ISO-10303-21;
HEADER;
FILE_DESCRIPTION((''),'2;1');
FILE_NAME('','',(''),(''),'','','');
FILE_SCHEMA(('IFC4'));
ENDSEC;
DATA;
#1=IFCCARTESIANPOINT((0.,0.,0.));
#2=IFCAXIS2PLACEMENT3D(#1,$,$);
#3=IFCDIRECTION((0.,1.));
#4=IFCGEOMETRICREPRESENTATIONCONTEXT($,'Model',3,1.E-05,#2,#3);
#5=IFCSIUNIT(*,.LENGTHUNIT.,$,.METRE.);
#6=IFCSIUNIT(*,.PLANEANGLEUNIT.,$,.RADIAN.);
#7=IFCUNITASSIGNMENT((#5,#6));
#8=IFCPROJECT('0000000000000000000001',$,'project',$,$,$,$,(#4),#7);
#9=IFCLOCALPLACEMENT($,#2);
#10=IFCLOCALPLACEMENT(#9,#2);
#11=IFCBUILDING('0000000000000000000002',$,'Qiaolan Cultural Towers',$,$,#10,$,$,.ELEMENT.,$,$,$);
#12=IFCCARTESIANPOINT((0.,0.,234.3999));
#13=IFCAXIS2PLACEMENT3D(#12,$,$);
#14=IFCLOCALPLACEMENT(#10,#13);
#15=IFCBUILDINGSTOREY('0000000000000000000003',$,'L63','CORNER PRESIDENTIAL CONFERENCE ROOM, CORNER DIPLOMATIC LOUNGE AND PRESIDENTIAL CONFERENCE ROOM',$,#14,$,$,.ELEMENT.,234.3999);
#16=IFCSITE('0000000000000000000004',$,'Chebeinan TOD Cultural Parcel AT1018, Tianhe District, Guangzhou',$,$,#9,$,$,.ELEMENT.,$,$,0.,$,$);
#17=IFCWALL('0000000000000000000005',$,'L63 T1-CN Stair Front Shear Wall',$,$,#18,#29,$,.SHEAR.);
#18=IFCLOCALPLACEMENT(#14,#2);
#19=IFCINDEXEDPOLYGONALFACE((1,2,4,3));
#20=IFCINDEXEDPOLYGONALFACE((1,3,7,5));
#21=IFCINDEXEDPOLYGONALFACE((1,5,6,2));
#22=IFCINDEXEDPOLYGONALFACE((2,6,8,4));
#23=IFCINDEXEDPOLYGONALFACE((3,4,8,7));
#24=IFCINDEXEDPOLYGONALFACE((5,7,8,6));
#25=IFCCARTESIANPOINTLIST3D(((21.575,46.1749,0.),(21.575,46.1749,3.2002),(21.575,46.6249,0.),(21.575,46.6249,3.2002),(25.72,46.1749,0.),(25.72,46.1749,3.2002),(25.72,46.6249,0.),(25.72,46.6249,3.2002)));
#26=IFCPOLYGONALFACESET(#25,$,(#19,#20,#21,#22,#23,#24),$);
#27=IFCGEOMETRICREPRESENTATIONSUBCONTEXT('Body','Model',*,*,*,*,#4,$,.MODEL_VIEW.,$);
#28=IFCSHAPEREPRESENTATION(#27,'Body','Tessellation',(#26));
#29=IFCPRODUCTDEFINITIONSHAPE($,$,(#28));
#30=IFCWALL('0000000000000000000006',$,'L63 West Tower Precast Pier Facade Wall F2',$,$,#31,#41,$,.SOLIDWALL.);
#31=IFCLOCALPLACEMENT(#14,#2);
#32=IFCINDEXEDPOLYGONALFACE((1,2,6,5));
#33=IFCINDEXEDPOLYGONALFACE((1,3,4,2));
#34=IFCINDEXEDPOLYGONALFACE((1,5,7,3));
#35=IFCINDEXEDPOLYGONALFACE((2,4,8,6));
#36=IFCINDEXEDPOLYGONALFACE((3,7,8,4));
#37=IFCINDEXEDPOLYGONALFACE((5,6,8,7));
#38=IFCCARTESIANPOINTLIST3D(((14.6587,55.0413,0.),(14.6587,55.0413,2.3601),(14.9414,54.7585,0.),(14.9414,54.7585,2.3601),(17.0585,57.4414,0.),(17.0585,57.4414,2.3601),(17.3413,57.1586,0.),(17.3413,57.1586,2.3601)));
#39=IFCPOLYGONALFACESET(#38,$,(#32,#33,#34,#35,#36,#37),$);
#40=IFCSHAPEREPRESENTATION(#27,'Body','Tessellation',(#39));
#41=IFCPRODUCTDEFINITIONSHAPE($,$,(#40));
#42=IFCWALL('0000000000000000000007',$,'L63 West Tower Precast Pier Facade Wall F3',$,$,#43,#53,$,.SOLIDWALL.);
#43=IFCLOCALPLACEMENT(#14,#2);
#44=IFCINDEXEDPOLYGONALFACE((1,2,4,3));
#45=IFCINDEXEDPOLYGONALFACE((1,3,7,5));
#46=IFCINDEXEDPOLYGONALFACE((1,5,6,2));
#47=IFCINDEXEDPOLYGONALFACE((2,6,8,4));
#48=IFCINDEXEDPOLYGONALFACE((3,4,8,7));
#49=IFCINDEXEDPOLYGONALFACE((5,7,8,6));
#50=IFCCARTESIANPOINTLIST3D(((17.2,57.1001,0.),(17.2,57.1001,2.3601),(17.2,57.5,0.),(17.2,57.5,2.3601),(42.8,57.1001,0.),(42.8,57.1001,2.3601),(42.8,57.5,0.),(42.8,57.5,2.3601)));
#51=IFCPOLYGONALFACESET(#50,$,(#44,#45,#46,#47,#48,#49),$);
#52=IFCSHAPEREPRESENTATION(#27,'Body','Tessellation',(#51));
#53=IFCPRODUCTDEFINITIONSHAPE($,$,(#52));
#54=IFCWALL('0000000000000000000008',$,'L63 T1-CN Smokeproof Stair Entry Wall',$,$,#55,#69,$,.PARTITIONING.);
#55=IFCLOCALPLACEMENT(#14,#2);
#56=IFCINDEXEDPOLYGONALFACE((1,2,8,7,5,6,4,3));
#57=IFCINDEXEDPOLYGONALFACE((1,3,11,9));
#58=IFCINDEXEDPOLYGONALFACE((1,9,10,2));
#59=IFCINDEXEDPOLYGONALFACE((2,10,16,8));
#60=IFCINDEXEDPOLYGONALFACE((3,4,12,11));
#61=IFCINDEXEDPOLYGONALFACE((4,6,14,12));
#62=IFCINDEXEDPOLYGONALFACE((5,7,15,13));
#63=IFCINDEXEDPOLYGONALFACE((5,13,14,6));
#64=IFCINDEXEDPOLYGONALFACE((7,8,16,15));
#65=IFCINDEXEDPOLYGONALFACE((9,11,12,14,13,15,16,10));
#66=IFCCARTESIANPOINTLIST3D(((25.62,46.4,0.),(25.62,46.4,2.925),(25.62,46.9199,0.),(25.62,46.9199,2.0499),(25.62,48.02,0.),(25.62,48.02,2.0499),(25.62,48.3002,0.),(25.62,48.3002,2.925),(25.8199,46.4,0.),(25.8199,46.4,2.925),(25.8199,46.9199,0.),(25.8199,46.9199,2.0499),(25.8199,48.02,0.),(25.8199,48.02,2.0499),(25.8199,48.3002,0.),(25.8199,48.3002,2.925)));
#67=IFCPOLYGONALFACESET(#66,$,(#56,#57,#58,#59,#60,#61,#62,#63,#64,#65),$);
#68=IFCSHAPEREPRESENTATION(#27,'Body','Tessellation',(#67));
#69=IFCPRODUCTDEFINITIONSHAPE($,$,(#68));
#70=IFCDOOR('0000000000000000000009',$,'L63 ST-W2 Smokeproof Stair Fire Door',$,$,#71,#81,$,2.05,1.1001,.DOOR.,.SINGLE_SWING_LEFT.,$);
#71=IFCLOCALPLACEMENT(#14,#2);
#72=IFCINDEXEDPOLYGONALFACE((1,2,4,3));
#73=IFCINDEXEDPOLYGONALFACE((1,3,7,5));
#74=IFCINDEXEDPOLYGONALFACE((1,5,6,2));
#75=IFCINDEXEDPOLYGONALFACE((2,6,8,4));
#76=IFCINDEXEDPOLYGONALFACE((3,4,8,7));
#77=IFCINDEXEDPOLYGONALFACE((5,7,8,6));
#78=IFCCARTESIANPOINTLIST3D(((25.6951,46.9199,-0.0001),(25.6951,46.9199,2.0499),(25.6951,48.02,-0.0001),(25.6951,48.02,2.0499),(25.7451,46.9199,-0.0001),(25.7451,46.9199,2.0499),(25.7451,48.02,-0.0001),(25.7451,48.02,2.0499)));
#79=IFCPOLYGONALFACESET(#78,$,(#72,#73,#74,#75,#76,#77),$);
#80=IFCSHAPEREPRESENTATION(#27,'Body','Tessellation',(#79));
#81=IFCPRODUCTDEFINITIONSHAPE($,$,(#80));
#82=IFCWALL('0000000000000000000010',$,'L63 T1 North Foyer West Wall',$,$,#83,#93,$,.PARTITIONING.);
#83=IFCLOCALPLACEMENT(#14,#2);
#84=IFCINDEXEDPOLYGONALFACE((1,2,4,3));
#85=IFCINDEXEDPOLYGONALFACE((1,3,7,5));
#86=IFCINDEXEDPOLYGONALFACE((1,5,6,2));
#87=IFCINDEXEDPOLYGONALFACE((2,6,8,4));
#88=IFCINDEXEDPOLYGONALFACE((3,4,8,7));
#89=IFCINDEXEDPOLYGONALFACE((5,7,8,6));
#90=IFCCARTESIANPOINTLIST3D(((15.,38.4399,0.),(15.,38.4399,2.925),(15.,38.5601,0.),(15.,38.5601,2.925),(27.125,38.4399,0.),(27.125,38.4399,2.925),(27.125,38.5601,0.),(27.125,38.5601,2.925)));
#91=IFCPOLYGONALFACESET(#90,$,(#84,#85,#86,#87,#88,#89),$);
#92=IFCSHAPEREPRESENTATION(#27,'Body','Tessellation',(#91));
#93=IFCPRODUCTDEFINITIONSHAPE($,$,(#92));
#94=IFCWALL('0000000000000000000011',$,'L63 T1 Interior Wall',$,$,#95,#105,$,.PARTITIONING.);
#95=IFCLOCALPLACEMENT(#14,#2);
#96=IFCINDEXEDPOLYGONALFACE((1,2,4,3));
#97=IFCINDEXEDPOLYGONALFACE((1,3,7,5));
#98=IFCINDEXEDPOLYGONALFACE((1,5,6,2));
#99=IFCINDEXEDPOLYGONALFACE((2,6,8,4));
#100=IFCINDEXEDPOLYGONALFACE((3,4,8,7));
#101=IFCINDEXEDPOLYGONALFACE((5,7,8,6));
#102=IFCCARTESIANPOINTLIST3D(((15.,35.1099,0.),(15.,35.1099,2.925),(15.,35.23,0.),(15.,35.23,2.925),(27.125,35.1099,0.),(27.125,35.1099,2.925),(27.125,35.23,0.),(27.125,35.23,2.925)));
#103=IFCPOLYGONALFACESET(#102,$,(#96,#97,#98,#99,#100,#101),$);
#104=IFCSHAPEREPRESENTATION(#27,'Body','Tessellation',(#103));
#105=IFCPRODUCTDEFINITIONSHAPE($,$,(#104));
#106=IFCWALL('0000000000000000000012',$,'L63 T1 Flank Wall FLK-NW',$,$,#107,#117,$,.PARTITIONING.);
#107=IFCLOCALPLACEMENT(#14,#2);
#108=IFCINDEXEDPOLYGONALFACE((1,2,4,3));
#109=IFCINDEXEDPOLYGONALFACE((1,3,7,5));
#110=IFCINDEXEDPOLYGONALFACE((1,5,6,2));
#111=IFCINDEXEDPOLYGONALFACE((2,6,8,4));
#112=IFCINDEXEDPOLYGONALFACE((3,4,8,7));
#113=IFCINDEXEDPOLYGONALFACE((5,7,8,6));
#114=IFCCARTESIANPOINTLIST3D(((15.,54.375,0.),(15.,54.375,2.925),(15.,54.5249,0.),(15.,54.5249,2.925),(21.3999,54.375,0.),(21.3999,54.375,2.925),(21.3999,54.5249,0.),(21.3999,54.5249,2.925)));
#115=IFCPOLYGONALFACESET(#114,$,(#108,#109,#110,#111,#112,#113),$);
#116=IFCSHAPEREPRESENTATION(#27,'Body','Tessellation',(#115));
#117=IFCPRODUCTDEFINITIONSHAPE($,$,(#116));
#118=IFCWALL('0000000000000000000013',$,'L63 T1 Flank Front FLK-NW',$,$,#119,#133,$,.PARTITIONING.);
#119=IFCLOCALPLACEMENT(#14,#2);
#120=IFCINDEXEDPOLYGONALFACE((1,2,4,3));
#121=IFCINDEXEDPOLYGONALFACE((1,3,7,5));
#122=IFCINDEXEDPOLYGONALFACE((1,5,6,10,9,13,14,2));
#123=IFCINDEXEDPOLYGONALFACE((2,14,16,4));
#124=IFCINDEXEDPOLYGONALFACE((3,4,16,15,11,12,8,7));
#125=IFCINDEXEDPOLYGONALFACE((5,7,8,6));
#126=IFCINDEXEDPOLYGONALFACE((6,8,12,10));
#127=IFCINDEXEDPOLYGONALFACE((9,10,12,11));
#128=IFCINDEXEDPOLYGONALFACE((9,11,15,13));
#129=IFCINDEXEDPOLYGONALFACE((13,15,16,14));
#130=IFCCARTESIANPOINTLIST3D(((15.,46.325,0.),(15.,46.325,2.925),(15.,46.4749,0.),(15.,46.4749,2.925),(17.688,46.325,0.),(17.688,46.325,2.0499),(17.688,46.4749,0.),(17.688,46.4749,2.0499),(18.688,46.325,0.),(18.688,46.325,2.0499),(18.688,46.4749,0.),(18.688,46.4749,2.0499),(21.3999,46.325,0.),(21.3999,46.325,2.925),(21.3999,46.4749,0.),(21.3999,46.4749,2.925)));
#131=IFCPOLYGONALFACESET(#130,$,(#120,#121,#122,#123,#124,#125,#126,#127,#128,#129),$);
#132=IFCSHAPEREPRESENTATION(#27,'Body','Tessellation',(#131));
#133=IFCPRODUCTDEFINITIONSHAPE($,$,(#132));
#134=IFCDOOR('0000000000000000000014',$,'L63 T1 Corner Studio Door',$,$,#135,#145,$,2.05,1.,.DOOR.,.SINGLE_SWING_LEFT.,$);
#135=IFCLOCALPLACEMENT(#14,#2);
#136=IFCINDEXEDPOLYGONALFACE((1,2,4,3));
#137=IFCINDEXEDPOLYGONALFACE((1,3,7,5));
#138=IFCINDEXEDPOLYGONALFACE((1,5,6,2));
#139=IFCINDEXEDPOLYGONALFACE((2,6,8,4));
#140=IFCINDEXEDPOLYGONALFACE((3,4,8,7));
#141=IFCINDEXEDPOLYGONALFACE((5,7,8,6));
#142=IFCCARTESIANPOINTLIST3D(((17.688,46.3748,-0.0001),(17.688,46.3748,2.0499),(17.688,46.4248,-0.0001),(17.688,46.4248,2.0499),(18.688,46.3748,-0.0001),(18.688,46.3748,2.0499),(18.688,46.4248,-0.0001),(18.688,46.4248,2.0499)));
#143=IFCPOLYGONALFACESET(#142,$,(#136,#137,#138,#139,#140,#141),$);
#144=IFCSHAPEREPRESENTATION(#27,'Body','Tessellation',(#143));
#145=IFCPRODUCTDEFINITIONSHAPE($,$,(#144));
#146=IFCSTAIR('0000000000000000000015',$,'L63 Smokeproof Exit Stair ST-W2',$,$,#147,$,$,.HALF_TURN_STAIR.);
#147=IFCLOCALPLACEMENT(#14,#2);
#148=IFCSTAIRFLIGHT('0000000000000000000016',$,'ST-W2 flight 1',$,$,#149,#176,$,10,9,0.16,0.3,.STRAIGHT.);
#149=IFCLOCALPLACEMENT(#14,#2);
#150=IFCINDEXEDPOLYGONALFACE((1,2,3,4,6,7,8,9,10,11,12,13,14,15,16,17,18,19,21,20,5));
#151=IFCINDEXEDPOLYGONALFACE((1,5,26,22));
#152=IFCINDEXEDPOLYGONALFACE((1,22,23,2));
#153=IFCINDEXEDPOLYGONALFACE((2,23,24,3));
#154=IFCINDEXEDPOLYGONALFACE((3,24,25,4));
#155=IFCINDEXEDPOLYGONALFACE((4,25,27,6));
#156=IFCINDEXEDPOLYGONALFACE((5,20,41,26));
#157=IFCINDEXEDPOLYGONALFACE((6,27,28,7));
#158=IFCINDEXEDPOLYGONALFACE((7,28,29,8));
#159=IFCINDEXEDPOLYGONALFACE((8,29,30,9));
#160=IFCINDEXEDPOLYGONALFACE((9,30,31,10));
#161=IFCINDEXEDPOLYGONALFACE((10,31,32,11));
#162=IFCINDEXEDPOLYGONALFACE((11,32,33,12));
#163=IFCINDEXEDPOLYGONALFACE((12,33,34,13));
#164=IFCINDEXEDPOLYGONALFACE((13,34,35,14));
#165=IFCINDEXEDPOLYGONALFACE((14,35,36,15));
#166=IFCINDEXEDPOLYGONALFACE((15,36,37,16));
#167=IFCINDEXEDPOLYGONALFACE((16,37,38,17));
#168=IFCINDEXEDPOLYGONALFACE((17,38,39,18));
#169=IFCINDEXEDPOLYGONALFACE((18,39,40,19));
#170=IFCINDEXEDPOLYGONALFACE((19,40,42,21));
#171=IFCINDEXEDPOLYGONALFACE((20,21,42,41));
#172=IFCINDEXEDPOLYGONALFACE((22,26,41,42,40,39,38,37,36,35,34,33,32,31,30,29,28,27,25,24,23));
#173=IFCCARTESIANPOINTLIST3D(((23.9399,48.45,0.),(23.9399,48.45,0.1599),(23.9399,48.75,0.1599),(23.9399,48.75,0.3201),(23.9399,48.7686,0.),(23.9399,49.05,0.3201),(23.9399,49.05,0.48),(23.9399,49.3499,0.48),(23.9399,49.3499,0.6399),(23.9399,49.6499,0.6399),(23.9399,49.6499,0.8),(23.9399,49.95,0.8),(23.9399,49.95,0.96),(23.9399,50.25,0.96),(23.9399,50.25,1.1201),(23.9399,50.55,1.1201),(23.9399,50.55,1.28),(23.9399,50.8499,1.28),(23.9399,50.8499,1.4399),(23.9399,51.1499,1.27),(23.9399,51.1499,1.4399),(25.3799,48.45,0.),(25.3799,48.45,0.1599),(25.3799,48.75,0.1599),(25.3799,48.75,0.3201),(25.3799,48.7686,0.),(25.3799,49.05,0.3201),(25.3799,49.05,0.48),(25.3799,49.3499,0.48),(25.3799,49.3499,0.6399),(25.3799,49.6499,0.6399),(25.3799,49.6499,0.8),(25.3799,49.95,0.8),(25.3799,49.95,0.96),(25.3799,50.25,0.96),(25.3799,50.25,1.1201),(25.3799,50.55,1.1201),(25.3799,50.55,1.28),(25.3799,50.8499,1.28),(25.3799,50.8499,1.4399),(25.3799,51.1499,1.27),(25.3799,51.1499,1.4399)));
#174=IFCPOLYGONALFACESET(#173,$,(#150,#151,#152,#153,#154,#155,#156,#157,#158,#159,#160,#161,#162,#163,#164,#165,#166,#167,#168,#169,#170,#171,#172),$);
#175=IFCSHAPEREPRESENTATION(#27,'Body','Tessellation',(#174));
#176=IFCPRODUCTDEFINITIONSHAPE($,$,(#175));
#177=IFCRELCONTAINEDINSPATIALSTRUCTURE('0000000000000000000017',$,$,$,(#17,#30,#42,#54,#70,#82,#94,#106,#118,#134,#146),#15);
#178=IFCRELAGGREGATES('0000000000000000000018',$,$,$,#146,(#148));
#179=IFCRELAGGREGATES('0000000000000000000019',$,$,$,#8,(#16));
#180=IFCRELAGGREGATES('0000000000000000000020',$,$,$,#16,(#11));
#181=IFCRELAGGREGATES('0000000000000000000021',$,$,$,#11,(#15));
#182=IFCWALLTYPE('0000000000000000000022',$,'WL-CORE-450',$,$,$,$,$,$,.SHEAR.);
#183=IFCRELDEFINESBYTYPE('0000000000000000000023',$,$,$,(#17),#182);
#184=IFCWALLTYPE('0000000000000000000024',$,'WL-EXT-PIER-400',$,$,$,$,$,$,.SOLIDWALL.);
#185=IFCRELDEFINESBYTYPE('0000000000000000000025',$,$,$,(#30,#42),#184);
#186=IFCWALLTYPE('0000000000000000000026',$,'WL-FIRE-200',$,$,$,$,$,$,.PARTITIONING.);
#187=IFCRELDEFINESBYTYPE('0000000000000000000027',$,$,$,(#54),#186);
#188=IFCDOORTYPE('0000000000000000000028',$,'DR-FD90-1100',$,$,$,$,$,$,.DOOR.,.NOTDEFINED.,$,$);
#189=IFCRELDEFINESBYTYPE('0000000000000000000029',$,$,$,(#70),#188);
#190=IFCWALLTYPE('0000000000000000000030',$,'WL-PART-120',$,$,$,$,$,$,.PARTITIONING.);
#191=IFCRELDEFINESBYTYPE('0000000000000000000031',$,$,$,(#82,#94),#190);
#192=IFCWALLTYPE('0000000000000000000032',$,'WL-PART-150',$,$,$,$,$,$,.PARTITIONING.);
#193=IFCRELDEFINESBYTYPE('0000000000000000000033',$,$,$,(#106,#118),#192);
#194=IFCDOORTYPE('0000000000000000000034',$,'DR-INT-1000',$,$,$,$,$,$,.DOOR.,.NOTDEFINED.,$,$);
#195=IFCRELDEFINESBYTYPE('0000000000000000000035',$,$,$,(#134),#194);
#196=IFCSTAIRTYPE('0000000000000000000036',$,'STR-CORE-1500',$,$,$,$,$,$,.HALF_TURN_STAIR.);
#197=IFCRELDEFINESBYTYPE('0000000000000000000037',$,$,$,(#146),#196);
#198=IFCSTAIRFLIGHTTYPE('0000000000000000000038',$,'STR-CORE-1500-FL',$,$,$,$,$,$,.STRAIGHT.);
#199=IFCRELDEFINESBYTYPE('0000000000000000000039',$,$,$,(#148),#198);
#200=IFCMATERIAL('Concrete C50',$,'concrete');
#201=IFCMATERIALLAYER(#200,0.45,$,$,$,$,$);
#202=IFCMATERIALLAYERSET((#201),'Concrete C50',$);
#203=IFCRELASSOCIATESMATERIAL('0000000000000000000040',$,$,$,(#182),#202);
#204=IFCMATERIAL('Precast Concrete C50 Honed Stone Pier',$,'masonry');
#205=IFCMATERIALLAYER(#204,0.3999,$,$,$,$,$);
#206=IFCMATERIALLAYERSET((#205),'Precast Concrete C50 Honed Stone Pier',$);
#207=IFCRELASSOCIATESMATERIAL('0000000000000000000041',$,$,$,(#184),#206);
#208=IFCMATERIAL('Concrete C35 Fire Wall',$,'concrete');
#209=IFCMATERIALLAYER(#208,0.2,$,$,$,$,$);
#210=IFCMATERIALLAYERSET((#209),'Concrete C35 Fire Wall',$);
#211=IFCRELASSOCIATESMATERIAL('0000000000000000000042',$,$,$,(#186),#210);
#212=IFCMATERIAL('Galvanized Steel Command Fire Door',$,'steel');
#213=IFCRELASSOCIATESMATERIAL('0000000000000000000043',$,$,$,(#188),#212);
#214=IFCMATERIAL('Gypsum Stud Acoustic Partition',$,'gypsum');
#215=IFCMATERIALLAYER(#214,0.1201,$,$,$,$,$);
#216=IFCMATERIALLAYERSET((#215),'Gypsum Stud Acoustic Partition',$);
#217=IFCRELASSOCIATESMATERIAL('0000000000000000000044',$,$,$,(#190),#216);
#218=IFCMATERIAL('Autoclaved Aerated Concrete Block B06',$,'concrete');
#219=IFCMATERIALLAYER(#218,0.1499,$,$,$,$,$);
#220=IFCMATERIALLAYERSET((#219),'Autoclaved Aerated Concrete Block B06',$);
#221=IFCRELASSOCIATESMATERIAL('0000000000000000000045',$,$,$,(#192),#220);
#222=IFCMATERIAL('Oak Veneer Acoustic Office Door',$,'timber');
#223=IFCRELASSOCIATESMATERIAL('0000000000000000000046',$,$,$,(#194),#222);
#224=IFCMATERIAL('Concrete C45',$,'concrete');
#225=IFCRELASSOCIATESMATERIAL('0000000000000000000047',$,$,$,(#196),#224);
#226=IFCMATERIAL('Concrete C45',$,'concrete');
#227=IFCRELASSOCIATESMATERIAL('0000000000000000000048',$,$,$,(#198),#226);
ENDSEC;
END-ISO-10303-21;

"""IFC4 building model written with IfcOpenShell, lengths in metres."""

from ifc_helpers import new_model, si_unit, direction, frame, frame_2d, origin, place, context, subcontext, project, spatial, polyline, rectangle, outline, extrude, material, layer, layer_set, type_object, element, fill, aggregate, save


model = new_model("IFC4")

# Units and contexts
model_context = context("Model", 3, precision=1e-05, world=origin(), true_north=direction((0.0, 1.0)))
body_context = subcontext(model_context, "Body", "Model", "MODEL_VIEW")
ifc_project = project(units=[si_unit("LENGTHUNIT", "METRE"), si_unit("PLANEANGLEUNIT", "RADIAN")], contexts=[model_context])

# Site, building, storey
site_placement = place(None, origin())
site = spatial("IfcSite", under=ifc_project, at=site_placement, Name="Chebeinan TOD Cultural Parcel AT1018, Tianhe District, Guangzhou", CompositionType="ELEMENT", RefElevation=0.0)
building_placement = place(site_placement, origin())
building = spatial("IfcBuilding", under=site, at=building_placement, Name="Qiaolan Cultural Towers", CompositionType="ELEMENT")
storey_placement = place(building_placement, frame((0.0, 0.0, 234.3999)))
storey = spatial("IfcBuildingStorey", under=building, at=storey_placement, Name="L63", Description="CORNER PRESIDENTIAL CONFERENCE ROOM, CORNER DIPLOMATIC LOUNGE AND PRESIDENTIAL CONFERENCE ROOM", CompositionType="ELEMENT", Elevation=234.3999)

# Walls
ifc_material_1 = material(Name="Concrete C50", Category="concrete")
ifc_layer_1 = layer(ifc_material_1, 0.45)
ifc_layer_set_1 = layer_set([ifc_layer_1], Name="Concrete C50")
wall_type_1 = type_object("IfcWallType", Name="WL-CORE-450", PredefinedType="SHEAR", material=ifc_layer_set_1)
wall_1_placement = place(storey_placement, frame((21.575, 46.3999, 0.0), z_axis=(0.0, 0.0, 1.0), x_axis=(1.0, 0.0, 0.0)))
element("IfcWall", 1, at=wall_1_placement, inside=storey, type_object=wall_type_1, Name="L63 T1-CN Stair Front Shear Wall", PredefinedType="SHEAR", context=body_context, shape_type="SweptSolid", body=[
    extrude(rectangle(XDim=4.145, YDim=0.45, at=frame_2d((2.0725, 0.0))), origin(), (0.0, 0.0, 1.0), 3.2002),
])
ifc_material_2 = material(Name="Precast Concrete C50 Honed Stone Pier", Category="masonry")
ifc_layer_2 = layer(ifc_material_2, 0.3999)
ifc_layer_set_2 = layer_set([ifc_layer_2], Name="Precast Concrete C50 Honed Stone Pier")
wall_type_2 = type_object("IfcWallType", Name="WL-EXT-PIER-400", PredefinedType="SOLIDWALL", material=ifc_layer_set_2)
wall_2_placement = place(storey_placement, frame((14.8, 54.8999, 0.0), z_axis=(0.0, 0.0, 1.0), x_axis=(0.707071, 0.707143, 0.0)))
element("IfcWall", 2, at=wall_2_placement, inside=storey, type_object=wall_type_2, Name="L63 West Tower Precast Pier Facade Wall F2", PredefinedType="SOLIDWALL", context=body_context, shape_type="SweptSolid", body=[
    extrude(rectangle(XDim=3.394, YDim=0.3999, at=frame_2d((1.697, 0.0))), origin(), (0.0, 0.0, 1.0), 2.3601),
])
wall_3_placement = place(storey_placement, frame((17.2, 57.3, 0.0), z_axis=(0.0, 0.0, 1.0), x_axis=(1.0, 0.0, 0.0)))
element("IfcWall", 3, at=wall_3_placement, inside=storey, type_object=wall_type_2, Name="L63 West Tower Precast Pier Facade Wall F3", PredefinedType="SOLIDWALL", context=body_context, shape_type="SweptSolid", body=[
    extrude(rectangle(XDim=25.6001, YDim=0.3999, at=frame_2d((12.8, 0.0))), origin(), (0.0, 0.0, 1.0), 2.3601),
])

# Wall, opening, door
ifc_material_3 = material(Name="Concrete C35 Fire Wall", Category="concrete")
ifc_layer_3 = layer(ifc_material_3, 0.2)
ifc_layer_set_3 = layer_set([ifc_layer_3], Name="Concrete C35 Fire Wall")
wall_type_3 = type_object("IfcWallType", Name="WL-FIRE-200", PredefinedType="PARTITIONING", material=ifc_layer_set_3)
wall_4_placement = place(storey_placement, frame((25.72, 46.3999, 0.0), z_axis=(0.0, 0.0, 1.0), x_axis=(0.0, 1.0, 0.0)))
wall_4 = element("IfcWall", 4, at=wall_4_placement, inside=storey, type_object=wall_type_3, Name="L63 T1-CN Smokeproof Stair Entry Wall", PredefinedType="PARTITIONING", context=body_context, shape_type="SweptSolid", body=[
    extrude(rectangle(XDim=1.9001, YDim=0.2, at=frame_2d((0.9502, 0.0))), origin(), (0.0, 0.0, 1.0), 2.925),
])
opening_1_placement = place(wall_4_placement, frame((0.52, 0.0, 0.0)))
opening_1 = element("IfcOpeningElement", 5, at=opening_1_placement, cuts=wall_4, PredefinedType="OPENING", context=body_context, shape_type="SweptSolid", body=[
    extrude(rectangle(XDim=1.1001, YDim=2.05, at=frame_2d((0.55, 1.0249))), frame((0.0, 0.1099, 0.0), z_axis=(0.0, -1.0, 0.0), x_axis=(1.0, 0.0, 0.0)), (0.0, 0.0, 1.0), 0.22),
])
ifc_material_4 = material(Name="Galvanized Steel Command Fire Door", Category="steel")
door_type_1 = type_object("IfcDoorType", Name="DR-FD90-1100", OperationType="NOTDEFINED", PredefinedType="DOOR", material=ifc_material_4)
door_1_placement = place(opening_1_placement, origin())
door_1 = element("IfcDoor", 6, at=door_1_placement, inside=storey, type_object=door_type_1, Name="L63 ST-W2 Smokeproof Stair Fire Door", OperationType="SINGLE_SWING_LEFT", OverallHeight=2.05, OverallWidth=1.1001, PredefinedType="DOOR", context=body_context, shape_type="SweptSolid", body=[
    extrude(rectangle(XDim=1.1001, YDim=2.05, at=frame_2d((0.55, 1.0249))), frame((0.0, 0.0249, 0.0), z_axis=(0.0, -1.0, 0.0), x_axis=(1.0, 0.0, 0.0)), (0.0, 0.0, 1.0), 0.05),
])
fill(opening_1, door_1)

# Walls
ifc_material_5 = material(Name="Gypsum Stud Acoustic Partition", Category="gypsum")
ifc_layer_4 = layer(ifc_material_5, 0.1201)
ifc_layer_set_4 = layer_set([ifc_layer_4], Name="Gypsum Stud Acoustic Partition")
wall_type_4 = type_object("IfcWallType", Name="WL-PART-120", PredefinedType="PARTITIONING", material=ifc_layer_set_4)
for number, where, z_axis, x_axis, name in (
    (7, (15.0, 38.5, 0.0), (0.0, 0.0, 1.0), (1.0, 0.0, 0.0), "L63 T1 North Foyer West Wall"),
    (8, (15.0, 35.1699, 0.0), (0.0, 0.0, 1.0), (1.0, 0.0, 0.0), "L63 T1 Interior Wall"),
):
    element("IfcWall", number, at=place(storey_placement, frame(where, z_axis=z_axis, x_axis=x_axis)), inside=storey, type_object=wall_type_4, Name=name, PredefinedType="PARTITIONING", context=body_context, shape_type="SweptSolid", body=[
        extrude(rectangle(XDim=12.125, YDim=0.1201, at=frame_2d((6.0625, 0.0))), origin(), (0.0, 0.0, 1.0), 2.925),
    ])
ifc_material_6 = material(Name="Autoclaved Aerated Concrete Block B06", Category="concrete")
ifc_layer_5 = layer(ifc_material_6, 0.1499)
ifc_layer_set_5 = layer_set([ifc_layer_5], Name="Autoclaved Aerated Concrete Block B06")
wall_type_5 = type_object("IfcWallType", Name="WL-PART-150", PredefinedType="PARTITIONING", material=ifc_layer_set_5)
wall_5_placement = place(storey_placement, frame((15.0, 54.45, 0.0), z_axis=(0.0, 0.0, 1.0), x_axis=(1.0, 0.0, 0.0)))
element("IfcWall", 9, at=wall_5_placement, inside=storey, type_object=wall_type_5, Name="L63 T1 Flank Wall FLK-NW", PredefinedType="PARTITIONING", context=body_context, shape_type="SweptSolid", body=[
    extrude(rectangle(XDim=6.3999, YDim=0.1499, at=frame_2d((3.2, 0.0))), origin(), (0.0, 0.0, 1.0), 2.925),
])

# Wall, opening, door
wall_6_placement = place(storey_placement, frame((15.0, 46.3999, 0.0), z_axis=(0.0, 0.0, 1.0), x_axis=(1.0, 0.0, 0.0)))
wall_6 = element("IfcWall", 10, at=wall_6_placement, inside=storey, type_object=wall_type_5, Name="L63 T1 Flank Front FLK-NW", PredefinedType="PARTITIONING", context=body_context, shape_type="SweptSolid", body=[
    extrude(rectangle(XDim=6.3999, YDim=0.1499, at=frame_2d((3.2, 0.0))), origin(), (0.0, 0.0, 1.0), 2.925),
])
opening_2_placement = place(wall_6_placement, frame((2.688, 0.0, 0.0)))
opening_2 = element("IfcOpeningElement", 11, at=opening_2_placement, cuts=wall_6, PredefinedType="OPENING", context=body_context, shape_type="SweptSolid", body=[
    extrude(rectangle(XDim=1.0, YDim=2.05, at=frame_2d((0.5, 1.0249))), frame((0.0, 0.085, 0.0), z_axis=(0.0, -1.0, 0.0), x_axis=(1.0, 0.0, 0.0)), (0.0, 0.0, 1.0), 0.1699),
])
ifc_material_7 = material(Name="Oak Veneer Acoustic Office Door", Category="timber")
door_type_2 = type_object("IfcDoorType", Name="DR-INT-1000", OperationType="NOTDEFINED", PredefinedType="DOOR", material=ifc_material_7)
door_2_placement = place(opening_2_placement, origin())
door_2 = element("IfcDoor", 12, at=door_2_placement, inside=storey, type_object=door_type_2, Name="L63 T1 Corner Studio Door", OperationType="SINGLE_SWING_LEFT", OverallHeight=2.05, OverallWidth=1.0, PredefinedType="DOOR", context=body_context, shape_type="SweptSolid", body=[
    extrude(rectangle(XDim=1.0, YDim=2.05, at=frame_2d((0.5, 1.0249))), frame((0.0, 0.0249, 0.0), z_axis=(0.0, -1.0, 0.0), x_axis=(1.0, 0.0, 0.0)), (0.0, 0.0, 1.0), 0.05),
])
fill(opening_2, door_2)

# Stair, stair flight
ifc_material_8 = material(Name="Concrete C45", Category="concrete")
stair_type = type_object("IfcStairType", Name="STR-CORE-1500", PredefinedType="HALF_TURN_STAIR", material=ifc_material_8)
stair_placement = place(storey_placement, origin())
stair = element("IfcStair", 13, at=stair_placement, inside=storey, type_object=stair_type, Name="L63 Smokeproof Exit Stair ST-W2", PredefinedType="HALF_TURN_STAIR")
ifc_material_9 = material(Name="Concrete C45", Category="concrete")
stair_flight_type = type_object("IfcStairFlightType", Name="STR-CORE-1500-FL", PredefinedType="STRAIGHT", material=ifc_material_9)
stair_flight_1_placement = place(storey_placement, frame((24.6599, 48.45, 0.0), z_axis=(0.0, 0.0, 1.0), x_axis=(0.0, 1.0, 0.0)))
stair_flight_1 = element("IfcStairFlight", 14, at=stair_flight_1_placement, type_object=stair_flight_type, Name="ST-W2 flight 1", NumberOfRisers=10, NumberOfTreads=9, PredefinedType="STRAIGHT", RiserHeight=0.16, TreadLength=0.3, context=body_context, shape_type="SweptSolid", body=[
    extrude(outline(polyline([(0.0, 0.0), (0.0, 0.1599), (0.3, 0.1599), (0.3, 0.3201), (0.6001, 0.3201), (0.6001, 0.48), (0.8999, 0.48), (0.8999, 0.6399), (1.2, 0.6399), (1.2, 0.8), (1.5, 0.8), (1.5, 0.96), (1.8, 0.96), (1.8, 1.1201), (2.1001, 1.1201), (2.1001, 1.28), (2.3999, 1.28), (2.3999, 1.4399), (2.7, 1.4399), (2.7, 1.6001), (2.7, 1.27), (0.3186, 0.0), (0.0, 0.0)])), frame((0.0, 0.72, 0.0), z_axis=(0.0, -1.0, 0.0), x_axis=(1.0, 0.0, 0.0)), (0.0, 0.0, 1.0), 1.4399),
])
aggregate(stair, [stair_flight_1])

save(model, "model.ifc")
